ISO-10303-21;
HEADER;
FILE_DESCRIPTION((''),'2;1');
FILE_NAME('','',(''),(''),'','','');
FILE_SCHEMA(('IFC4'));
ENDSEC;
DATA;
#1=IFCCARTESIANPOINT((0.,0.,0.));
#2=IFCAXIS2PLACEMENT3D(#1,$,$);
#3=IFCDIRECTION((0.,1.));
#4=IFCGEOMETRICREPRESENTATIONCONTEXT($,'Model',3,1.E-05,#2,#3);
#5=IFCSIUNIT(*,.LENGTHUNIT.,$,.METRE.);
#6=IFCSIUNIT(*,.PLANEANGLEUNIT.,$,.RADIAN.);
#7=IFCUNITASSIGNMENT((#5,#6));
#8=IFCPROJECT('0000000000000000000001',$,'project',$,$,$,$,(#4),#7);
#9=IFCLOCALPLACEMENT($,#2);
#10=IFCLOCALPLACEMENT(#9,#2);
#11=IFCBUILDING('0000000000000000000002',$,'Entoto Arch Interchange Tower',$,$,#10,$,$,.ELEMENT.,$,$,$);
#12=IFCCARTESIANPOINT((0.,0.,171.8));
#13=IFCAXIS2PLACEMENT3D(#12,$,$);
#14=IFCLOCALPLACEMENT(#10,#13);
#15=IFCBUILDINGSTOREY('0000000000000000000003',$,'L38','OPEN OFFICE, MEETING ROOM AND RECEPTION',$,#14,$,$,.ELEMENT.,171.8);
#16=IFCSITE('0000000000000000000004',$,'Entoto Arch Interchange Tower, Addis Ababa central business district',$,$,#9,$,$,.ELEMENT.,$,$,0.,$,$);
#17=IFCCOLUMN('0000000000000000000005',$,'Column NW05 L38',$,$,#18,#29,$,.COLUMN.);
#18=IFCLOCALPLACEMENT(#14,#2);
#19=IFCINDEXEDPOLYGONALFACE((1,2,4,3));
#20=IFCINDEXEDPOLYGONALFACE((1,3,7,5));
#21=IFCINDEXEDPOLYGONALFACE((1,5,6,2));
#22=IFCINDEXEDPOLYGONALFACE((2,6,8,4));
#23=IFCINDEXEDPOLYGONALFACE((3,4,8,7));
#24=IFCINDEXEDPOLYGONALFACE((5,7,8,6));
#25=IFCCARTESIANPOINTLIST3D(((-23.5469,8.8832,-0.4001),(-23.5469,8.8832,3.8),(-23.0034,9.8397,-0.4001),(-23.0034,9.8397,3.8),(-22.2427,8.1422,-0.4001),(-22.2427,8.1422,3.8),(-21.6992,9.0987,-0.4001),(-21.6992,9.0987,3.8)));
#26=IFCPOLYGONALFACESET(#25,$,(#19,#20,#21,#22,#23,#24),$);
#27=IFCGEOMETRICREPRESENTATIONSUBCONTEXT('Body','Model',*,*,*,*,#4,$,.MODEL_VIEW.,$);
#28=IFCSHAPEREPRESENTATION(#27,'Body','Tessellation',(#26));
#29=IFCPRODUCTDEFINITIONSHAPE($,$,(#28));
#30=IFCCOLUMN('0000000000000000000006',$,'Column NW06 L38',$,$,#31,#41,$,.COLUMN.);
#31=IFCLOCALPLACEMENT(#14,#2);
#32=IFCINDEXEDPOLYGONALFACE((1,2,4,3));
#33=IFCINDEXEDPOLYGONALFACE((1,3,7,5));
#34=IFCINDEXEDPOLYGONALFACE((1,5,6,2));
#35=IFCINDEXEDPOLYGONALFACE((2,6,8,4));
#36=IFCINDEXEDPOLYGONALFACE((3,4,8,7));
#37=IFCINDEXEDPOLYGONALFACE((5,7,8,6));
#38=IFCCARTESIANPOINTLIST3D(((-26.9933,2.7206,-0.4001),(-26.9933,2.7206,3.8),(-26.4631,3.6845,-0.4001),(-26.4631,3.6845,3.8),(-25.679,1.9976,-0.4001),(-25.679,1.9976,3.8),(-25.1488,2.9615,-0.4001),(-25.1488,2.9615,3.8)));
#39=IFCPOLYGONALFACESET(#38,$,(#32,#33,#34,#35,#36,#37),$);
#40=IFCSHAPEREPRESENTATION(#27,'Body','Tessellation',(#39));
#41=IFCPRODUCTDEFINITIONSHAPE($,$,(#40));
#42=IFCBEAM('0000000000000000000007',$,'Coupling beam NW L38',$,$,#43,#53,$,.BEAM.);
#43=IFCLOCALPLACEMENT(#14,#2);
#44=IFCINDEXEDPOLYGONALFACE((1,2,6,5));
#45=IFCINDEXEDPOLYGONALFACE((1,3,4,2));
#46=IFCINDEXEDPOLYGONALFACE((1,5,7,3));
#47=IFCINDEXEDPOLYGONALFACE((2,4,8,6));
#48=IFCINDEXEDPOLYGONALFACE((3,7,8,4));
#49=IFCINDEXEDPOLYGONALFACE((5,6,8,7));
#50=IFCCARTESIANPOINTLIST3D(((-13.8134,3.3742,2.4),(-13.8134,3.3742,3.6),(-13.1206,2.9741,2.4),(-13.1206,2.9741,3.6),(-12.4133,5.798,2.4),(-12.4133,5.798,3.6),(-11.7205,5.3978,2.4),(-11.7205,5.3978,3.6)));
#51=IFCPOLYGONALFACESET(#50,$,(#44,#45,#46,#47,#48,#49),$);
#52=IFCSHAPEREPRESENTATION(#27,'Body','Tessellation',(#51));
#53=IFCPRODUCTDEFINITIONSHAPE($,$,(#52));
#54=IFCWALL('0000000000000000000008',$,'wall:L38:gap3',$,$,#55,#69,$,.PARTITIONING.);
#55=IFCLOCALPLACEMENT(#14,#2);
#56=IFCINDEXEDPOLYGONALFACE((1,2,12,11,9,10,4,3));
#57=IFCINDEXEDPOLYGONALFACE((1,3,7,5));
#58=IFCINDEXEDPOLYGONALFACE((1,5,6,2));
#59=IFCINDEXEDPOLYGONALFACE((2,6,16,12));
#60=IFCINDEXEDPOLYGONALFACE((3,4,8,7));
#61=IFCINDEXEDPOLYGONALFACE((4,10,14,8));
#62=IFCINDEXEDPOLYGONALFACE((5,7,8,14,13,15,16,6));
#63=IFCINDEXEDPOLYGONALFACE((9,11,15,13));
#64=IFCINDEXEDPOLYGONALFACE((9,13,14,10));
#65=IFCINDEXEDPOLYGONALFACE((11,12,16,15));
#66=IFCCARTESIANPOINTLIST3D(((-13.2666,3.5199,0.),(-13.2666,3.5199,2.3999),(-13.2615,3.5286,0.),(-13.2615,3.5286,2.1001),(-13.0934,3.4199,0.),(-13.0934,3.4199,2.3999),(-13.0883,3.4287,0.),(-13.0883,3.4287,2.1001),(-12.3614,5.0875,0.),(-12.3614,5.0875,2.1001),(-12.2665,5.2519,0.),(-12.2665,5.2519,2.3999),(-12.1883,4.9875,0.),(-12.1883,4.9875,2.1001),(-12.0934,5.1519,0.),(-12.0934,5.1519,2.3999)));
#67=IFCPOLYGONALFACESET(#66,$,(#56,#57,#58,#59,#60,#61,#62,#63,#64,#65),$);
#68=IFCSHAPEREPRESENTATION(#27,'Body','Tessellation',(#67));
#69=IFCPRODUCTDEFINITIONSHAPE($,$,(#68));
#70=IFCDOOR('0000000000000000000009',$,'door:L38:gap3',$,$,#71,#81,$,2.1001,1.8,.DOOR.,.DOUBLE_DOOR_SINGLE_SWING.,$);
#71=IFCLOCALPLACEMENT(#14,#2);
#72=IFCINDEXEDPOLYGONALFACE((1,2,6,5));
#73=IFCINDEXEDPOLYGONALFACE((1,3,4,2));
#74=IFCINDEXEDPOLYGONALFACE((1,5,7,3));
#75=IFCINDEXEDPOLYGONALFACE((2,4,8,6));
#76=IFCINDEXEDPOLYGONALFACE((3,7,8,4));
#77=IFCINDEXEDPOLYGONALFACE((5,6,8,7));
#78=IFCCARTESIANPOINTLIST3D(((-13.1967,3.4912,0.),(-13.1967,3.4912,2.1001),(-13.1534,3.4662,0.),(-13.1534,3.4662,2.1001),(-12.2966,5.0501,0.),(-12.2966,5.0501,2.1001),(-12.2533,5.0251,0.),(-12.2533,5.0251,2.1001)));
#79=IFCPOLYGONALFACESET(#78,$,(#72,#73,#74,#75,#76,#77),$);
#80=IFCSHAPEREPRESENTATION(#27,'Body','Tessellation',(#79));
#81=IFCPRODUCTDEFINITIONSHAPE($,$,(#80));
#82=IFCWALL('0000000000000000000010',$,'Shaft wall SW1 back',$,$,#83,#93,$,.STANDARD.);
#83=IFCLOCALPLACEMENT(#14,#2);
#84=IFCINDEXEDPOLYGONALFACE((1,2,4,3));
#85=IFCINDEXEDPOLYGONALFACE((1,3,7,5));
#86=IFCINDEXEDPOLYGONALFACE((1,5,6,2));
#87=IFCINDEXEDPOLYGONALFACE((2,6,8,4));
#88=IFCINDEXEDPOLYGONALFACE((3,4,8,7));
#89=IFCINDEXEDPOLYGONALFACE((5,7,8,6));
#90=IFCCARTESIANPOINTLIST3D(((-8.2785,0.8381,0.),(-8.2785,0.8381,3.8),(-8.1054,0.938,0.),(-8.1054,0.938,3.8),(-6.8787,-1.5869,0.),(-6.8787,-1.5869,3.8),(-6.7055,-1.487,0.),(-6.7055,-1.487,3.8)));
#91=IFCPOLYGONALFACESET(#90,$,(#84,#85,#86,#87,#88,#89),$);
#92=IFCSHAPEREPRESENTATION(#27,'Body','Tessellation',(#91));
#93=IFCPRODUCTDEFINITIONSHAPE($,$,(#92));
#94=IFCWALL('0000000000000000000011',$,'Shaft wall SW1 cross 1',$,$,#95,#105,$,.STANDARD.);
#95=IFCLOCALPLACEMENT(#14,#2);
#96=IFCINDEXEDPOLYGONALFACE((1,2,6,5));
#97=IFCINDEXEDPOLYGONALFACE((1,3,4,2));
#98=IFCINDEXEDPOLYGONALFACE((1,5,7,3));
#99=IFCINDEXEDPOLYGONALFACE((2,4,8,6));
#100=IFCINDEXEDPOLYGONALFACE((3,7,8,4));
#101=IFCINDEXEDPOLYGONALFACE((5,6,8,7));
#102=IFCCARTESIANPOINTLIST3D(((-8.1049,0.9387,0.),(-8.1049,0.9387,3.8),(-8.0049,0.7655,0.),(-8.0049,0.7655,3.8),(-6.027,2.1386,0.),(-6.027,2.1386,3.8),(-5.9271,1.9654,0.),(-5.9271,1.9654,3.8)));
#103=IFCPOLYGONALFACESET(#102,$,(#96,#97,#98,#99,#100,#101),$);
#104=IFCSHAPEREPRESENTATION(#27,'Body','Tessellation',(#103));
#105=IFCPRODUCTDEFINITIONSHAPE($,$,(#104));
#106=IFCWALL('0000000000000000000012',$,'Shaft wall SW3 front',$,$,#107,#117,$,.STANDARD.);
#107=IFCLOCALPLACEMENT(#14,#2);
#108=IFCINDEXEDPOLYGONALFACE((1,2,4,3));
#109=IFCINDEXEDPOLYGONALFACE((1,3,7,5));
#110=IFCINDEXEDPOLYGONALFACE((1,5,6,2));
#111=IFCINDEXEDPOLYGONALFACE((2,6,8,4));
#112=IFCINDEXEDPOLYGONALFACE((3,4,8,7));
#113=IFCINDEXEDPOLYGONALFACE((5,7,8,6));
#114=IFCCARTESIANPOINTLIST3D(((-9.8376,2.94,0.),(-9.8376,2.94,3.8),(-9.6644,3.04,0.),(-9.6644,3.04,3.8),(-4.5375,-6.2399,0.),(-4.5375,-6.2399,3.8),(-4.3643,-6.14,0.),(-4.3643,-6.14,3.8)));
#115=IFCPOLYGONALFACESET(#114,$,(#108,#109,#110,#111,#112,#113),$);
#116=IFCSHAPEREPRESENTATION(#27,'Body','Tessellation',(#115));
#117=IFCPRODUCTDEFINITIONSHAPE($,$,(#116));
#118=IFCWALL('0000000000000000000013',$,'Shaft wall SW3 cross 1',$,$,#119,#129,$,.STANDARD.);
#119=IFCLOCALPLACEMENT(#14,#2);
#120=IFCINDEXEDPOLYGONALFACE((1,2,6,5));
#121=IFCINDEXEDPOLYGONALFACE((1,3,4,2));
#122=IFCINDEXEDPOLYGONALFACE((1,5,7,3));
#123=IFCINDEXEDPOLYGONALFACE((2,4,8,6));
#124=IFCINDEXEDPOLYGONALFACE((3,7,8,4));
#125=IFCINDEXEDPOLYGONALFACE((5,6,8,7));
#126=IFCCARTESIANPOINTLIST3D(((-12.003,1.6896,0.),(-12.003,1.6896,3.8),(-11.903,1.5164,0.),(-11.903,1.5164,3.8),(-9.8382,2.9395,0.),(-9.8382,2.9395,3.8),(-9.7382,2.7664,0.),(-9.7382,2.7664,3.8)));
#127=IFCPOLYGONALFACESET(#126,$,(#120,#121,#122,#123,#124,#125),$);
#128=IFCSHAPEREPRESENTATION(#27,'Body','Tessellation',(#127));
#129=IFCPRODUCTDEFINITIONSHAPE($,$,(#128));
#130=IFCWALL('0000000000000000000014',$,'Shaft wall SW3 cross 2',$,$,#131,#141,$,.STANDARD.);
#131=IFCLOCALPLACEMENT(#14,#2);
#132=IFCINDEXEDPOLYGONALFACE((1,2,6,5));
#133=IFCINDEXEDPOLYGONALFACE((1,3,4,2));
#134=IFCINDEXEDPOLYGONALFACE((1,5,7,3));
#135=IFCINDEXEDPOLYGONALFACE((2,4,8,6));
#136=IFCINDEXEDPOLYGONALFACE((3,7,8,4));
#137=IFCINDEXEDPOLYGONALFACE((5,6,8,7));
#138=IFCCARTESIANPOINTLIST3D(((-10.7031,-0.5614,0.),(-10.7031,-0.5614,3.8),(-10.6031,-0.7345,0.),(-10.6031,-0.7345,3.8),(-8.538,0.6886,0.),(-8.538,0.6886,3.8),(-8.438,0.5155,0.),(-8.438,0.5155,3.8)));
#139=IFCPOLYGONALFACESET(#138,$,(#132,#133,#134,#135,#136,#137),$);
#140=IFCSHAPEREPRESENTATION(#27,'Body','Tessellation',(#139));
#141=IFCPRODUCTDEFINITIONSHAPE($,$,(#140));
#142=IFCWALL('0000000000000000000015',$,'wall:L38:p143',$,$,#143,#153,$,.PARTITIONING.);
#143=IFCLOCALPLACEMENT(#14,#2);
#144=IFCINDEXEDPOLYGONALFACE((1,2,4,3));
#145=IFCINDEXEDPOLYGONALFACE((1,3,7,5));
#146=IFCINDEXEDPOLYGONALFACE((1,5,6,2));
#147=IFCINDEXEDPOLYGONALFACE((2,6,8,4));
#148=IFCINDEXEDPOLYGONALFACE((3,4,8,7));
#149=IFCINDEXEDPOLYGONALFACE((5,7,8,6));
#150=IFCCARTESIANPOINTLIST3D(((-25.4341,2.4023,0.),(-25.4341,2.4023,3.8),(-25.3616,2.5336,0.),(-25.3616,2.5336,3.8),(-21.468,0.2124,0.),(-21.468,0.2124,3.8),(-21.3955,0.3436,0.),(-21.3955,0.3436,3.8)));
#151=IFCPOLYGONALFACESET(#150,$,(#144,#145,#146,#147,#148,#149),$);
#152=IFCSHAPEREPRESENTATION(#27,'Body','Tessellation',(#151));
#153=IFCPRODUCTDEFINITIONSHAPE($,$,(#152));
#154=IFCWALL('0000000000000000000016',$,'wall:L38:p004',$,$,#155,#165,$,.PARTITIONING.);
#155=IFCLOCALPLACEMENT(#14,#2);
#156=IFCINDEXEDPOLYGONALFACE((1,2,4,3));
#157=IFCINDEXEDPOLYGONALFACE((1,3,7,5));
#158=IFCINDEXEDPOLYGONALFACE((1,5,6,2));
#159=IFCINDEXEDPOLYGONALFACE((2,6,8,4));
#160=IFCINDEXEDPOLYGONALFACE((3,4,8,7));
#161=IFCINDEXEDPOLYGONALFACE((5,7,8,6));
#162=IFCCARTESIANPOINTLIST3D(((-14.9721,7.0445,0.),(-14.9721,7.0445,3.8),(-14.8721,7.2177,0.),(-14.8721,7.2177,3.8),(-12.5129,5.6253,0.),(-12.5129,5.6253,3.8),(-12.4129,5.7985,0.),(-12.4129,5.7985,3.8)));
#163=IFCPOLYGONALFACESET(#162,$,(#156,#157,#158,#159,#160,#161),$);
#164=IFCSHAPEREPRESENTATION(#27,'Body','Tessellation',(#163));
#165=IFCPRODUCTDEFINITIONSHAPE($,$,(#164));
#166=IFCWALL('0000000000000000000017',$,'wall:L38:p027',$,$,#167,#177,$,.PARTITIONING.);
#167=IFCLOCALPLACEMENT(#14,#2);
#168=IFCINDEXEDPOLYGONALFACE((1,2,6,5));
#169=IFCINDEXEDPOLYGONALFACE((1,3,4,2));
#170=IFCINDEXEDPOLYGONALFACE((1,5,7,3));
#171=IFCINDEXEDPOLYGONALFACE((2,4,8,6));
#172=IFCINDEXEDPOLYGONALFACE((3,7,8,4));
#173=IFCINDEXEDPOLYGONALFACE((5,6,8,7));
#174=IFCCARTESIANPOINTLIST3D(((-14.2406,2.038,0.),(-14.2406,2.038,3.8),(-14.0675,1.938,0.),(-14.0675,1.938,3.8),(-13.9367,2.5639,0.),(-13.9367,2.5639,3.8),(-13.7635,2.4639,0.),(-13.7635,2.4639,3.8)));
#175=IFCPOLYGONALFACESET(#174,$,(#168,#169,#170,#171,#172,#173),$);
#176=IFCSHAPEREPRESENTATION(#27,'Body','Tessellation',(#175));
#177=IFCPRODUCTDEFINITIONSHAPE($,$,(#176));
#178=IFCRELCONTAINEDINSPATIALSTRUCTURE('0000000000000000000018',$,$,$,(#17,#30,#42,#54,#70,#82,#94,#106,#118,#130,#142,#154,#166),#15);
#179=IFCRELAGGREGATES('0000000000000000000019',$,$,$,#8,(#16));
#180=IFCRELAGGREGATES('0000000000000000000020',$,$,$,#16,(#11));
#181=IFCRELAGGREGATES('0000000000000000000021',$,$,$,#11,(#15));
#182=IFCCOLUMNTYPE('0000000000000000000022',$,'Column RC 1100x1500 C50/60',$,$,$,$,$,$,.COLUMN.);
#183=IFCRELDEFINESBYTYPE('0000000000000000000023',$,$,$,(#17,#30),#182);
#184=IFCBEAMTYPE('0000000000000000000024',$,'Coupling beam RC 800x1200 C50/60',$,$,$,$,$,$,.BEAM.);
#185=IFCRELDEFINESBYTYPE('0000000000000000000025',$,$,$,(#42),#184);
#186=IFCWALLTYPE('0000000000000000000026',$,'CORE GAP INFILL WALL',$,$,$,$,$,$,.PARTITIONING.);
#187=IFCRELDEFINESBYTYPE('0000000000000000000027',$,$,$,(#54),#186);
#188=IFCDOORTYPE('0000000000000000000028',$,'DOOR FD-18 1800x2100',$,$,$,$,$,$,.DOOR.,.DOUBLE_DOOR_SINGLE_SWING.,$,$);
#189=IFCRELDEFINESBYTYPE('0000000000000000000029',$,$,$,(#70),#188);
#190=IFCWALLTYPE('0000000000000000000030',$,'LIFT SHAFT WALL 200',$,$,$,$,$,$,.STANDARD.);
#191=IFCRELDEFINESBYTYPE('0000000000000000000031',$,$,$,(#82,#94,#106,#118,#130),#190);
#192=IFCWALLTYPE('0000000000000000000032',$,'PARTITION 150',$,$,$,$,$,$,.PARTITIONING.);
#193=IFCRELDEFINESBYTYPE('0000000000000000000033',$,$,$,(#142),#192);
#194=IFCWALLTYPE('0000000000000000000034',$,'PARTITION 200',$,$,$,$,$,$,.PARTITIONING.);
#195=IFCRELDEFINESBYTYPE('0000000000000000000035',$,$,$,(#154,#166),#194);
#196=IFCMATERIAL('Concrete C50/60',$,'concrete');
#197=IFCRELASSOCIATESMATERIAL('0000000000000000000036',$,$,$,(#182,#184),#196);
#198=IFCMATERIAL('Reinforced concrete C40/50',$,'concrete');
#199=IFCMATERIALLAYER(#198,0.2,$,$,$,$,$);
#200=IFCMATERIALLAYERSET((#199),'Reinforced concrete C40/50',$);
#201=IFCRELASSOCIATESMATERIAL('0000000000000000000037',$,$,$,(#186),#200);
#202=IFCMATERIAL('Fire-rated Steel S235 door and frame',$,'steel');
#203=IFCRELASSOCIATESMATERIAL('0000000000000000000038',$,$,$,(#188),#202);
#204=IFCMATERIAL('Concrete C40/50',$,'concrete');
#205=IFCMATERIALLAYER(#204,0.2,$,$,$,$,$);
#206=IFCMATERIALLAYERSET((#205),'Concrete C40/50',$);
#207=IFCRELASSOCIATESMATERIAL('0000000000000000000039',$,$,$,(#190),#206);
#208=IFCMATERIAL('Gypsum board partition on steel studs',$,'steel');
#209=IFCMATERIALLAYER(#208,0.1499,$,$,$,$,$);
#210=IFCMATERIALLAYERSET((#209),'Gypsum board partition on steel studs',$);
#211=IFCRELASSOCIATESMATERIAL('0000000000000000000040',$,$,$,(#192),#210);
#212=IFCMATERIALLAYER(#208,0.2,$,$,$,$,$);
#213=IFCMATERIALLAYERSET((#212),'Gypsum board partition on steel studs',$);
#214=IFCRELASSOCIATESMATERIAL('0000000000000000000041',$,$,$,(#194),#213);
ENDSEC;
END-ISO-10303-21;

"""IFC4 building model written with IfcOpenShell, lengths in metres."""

from ifc_helpers import new_model, si_unit, direction, frame, frame_2d, origin, origin_2d, place, context, subcontext, project, spatial, rectangle, extrude, material, layer, layer_set, material_profile, profile_set, type_object, element, fill, save


model = new_model("IFC4")

# Units and contexts
model_context = context("Model", 3, precision=1e-05, world=origin(), true_north=direction((0.0, 1.0)))
body_context = subcontext(model_context, "Body", "Model", "MODEL_VIEW")
ifc_project = project(units=[si_unit("LENGTHUNIT", "METRE"), si_unit("PLANEANGLEUNIT", "RADIAN")], contexts=[model_context])

# Site, building, storey
site_placement = place(None, origin())
site = spatial("IfcSite", under=ifc_project, at=site_placement, Name="Entoto Arch Interchange Tower, Addis Ababa central business district", CompositionType="ELEMENT", RefElevation=0.0)
building_placement = place(site_placement, origin())
building = spatial("IfcBuilding", under=site, at=building_placement, Name="Entoto Arch Interchange Tower", CompositionType="ELEMENT")
storey_placement = place(building_placement, frame((0.0, 0.0, 171.8)))
storey = spatial("IfcBuildingStorey", under=building, at=storey_placement, Name="L38", Description="OPEN OFFICE, MEETING ROOM AND RECEPTION", CompositionType="ELEMENT", Elevation=171.8)

# Columns
ifc_material_1 = material(Name="Concrete C50/60", Category="concrete")
ifc_material_profile_1 = material_profile(ifc_material_1, rectangle(XDim=1.1001, YDim=1.5, at=origin_2d()))
ifc_profile_set_1 = profile_set([ifc_material_profile_1], Name="Concrete C50/60")
column_type = type_object("IfcColumnType", Name="Column RC 1100x1500 C50/60", PredefinedType="COLUMN", material=ifc_profile_set_1)
for number, where, z_axis, x_axis, name in (
    (1, (-22.623, 8.991, -0.4001), (0.0, 0.0, 1.0), (0.494018, 0.869452, 0.0), "Column NW05 L38"),
    (2, (-26.071, 2.8411, -0.4001), (0.0, 0.0, 1.0), (0.481983, 0.876181, 0.0), "Column NW06 L38"),
):
    element("IfcColumn", number, at=place(storey_placement, frame(where, z_axis=z_axis, x_axis=x_axis)), inside=storey, type_object=column_type, Name=name, PredefinedType="COLUMN", context=body_context, shape_type="SweptSolid", body=[
        extrude(rectangle(XDim=1.1001, YDim=1.5, at=origin_2d()), origin(), (0.0, 0.0, 1.0), 4.2002),
    ])

# Beam
ifc_material_profile_2 = material_profile(ifc_material_1, rectangle(XDim=0.8, YDim=1.2, at=origin_2d()))
ifc_profile_set_2 = profile_set([ifc_material_profile_2], Name="Concrete C50/60")
beam_type = type_object("IfcBeamType", Name="Coupling beam RC 800x1200 C50/60", PredefinedType="BEAM", material=ifc_profile_set_2)
beam_placement = place(storey_placement, frame((-12.0669, 5.5979, 3.0), z_axis=(-0.500201, -0.86591, 0.0), x_axis=(0.86591, -0.500201, 0.0)))
element("IfcBeam", 3, at=beam_placement, inside=storey, type_object=beam_type, Name="Coupling beam NW L38", PredefinedType="BEAM", context=body_context, shape_type="SweptSolid", body=[
    extrude(rectangle(XDim=0.8, YDim=1.2, at=origin_2d()), origin(), (0.0, 0.0, 1.0), 2.7991),
])

# Wall, opening, door
ifc_material_2 = material(Name="Reinforced concrete C40/50", Category="concrete")
ifc_layer_1 = layer(ifc_material_2, 0.2)
ifc_layer_set_1 = layer_set([ifc_layer_1], Name="Reinforced concrete C40/50")
wall_type_1 = type_object("IfcWallType", Name="CORE GAP INFILL WALL", PredefinedType="PARTITIONING", material=ifc_layer_set_1)
wall_1_placement = place(storey_placement, frame((-12.1799, 5.2019, 0.0), z_axis=(0.0, 0.0, 1.0), x_axis=(-0.500025, -0.866011, 0.0)))
wall_1 = element("IfcWall", 4, at=wall_1_placement, inside=storey, type_object=wall_type_1, Name="wall:L38:gap3", PredefinedType="PARTITIONING", context=body_context, shape_type="SweptSolid", body=[
    extrude(rectangle(XDim=2.0, YDim=0.2, at=frame_2d((1.0, 0.0))), origin(), (0.0, 0.0, 1.0), 2.3999),
])
opening_1_placement = place(wall_1_placement, frame((0.1899, 0.0, 0.0)))
opening_1 = element("IfcOpeningElement", 5, at=opening_1_placement, cuts=wall_1, PredefinedType="OPENING", context=body_context, shape_type="SweptSolid", body=[
    extrude(rectangle(XDim=1.8, YDim=2.1001, at=frame_2d((0.8999, 1.05))), frame((0.0, 0.1099, 0.0), z_axis=(0.0, -1.0, 0.0), x_axis=(1.0, 0.0, 0.0)), (0.0, 0.0, 1.0), 0.22),
])
ifc_material_3 = material(Name="Fire-rated Steel S235 door and frame", Category="steel")
door_type_1 = type_object("IfcDoorType", Name="DOOR FD-18 1800x2100", OperationType="DOUBLE_DOOR_SINGLE_SWING", PredefinedType="DOOR", material=ifc_material_3)
door_1_placement = place(opening_1_placement, origin())
door_1 = element("IfcDoor", 6, at=door_1_placement, inside=storey, type_object=door_type_1, Name="door:L38:gap3", OperationType="DOUBLE_DOOR_SINGLE_SWING", OverallHeight=2.1001, OverallWidth=1.8, PredefinedType="DOOR", context=body_context, shape_type="SweptSolid", body=[
    extrude(rectangle(XDim=1.8, YDim=2.1001, at=frame_2d((0.8999, 1.05))), frame((0.0, 0.0249, 0.0), z_axis=(0.0, -1.0, 0.0), x_axis=(1.0, 0.0, 0.0)), (0.0, 0.0, 1.0), 0.05),
])
fill(opening_1, door_1)

# Walls
ifc_material_4 = material(Name="Concrete C40/50", Category="concrete")
ifc_layer_2 = layer(ifc_material_4, 0.2)
ifc_layer_set_2 = layer_set([ifc_layer_2], Name="Concrete C40/50")
wall_type_2 = type_object("IfcWallType", Name="LIFT SHAFT WALL 200", PredefinedType="STANDARD", material=ifc_layer_set_2)
wall_2_placement = place(storey_placement, frame((-8.1919, 0.8879, 0.0), z_axis=(0.0, 0.0, 1.0), x_axis=(0.499946, -0.866056, 0.0)))
element("IfcWall", 7, at=wall_2_placement, inside=storey, type_object=wall_type_2, Name="Shaft wall SW1 back", PredefinedType="STANDARD", context=body_context, shape_type="SweptSolid", body=[
    extrude(rectangle(XDim=2.8, YDim=0.2, at=frame_2d((1.3999, 0.0))), origin(), (0.0, 0.0, 1.0), 3.8),
])
wall_3_placement = place(storey_placement, frame((-5.9771, 2.052, 0.0), z_axis=(0.0, 0.0, 1.0), x_axis=(-0.865974, -0.500089, 0.0)))
element("IfcWall", 8, at=wall_3_placement, inside=storey, type_object=wall_type_2, Name="Shaft wall SW1 cross 1", PredefinedType="STANDARD", context=body_context, shape_type="SweptSolid", body=[
    extrude(rectangle(XDim=2.3994, YDim=0.2, at=frame_2d((1.1997, 0.0))), origin(), (0.0, 0.0, 1.0), 3.8),
])
wall_4_placement = place(storey_placement, frame((-9.751, 2.99, 0.0), z_axis=(0.0, 0.0, 1.0), x_axis=(0.500001, -0.866025, 0.0)))
element("IfcWall", 9, at=wall_4_placement, inside=storey, type_object=wall_type_2, Name="Shaft wall SW3 front", PredefinedType="STANDARD", context=body_context, shape_type="SweptSolid", body=[
    extrude(rectangle(XDim=10.6001, YDim=0.2, at=frame_2d((5.3, 0.0))), origin(), (0.0, 0.0, 1.0), 3.8),
])
wall_5_placement = place(storey_placement, frame((-9.7881, 2.853, 0.0), z_axis=(0.0, 0.0, 1.0), x_axis=(-0.865999, -0.500047, 0.0)))
element("IfcWall", 10, at=wall_5_placement, inside=storey, type_object=wall_type_2, Name="Shaft wall SW3 cross 1", PredefinedType="STANDARD", context=body_context, shape_type="SweptSolid", body=[
    extrude(rectangle(XDim=2.4998, YDim=0.2, at=frame_2d((1.25, 0.0))), origin(), (0.0, 0.0, 1.0), 3.8),
])
wall_6_placement = place(storey_placement, frame((-8.488, 0.6021, 0.0), z_axis=(0.0, 0.0, 1.0), x_axis=(-0.866023, -0.500004, 0.0)))
element("IfcWall", 11, at=wall_6_placement, inside=storey, type_object=wall_type_2, Name="Shaft wall SW3 cross 2", PredefinedType="STANDARD", context=body_context, shape_type="SweptSolid", body=[
    extrude(rectangle(XDim=2.5, YDim=0.2, at=frame_2d((1.25, 0.0))), origin(), (0.0, 0.0, 1.0), 3.8),
])
ifc_material_5 = material(Name="Gypsum board partition on steel studs", Category="steel")
ifc_layer_3 = layer(ifc_material_5, 0.1499)
ifc_layer_set_3 = layer_set([ifc_layer_3], Name="Gypsum board partition on steel studs")
wall_type_3 = type_object("IfcWallType", Name="PARTITION 150", PredefinedType="PARTITIONING", material=ifc_layer_set_3)
wall_7_placement = place(storey_placement, frame((-21.4319, 0.2781, 0.0), z_axis=(0.0, 0.0, 1.0), x_axis=(-0.875413, 0.483376, 0.0)))
element("IfcWall", 12, at=wall_7_placement, inside=storey, type_object=wall_type_3, Name="wall:L38:p143", PredefinedType="PARTITIONING", context=body_context, shape_type="SweptSolid", body=[
    extrude(rectangle(XDim=4.5305, YDim=0.1499, at=frame_2d((2.2651, 0.0))), origin(), (0.0, 0.0, 1.0), 3.8),
])
ifc_layer_4 = layer(ifc_material_5, 0.2)
ifc_layer_set_4 = layer_set([ifc_layer_4], Name="Gypsum board partition on steel studs")
wall_type_4 = type_object("IfcWallType", Name="PARTITION 200", PredefinedType="PARTITIONING", material=ifc_layer_set_4)
wall_8_placement = place(storey_placement, frame((-14.9221, 7.1311, 0.0), z_axis=(0.0, 0.0, 1.0), x_axis=(0.866124, -0.499829, 0.0)))
element("IfcWall", 13, at=wall_8_placement, inside=storey, type_object=wall_type_4, Name="wall:L38:p004", PredefinedType="PARTITIONING", context=body_context, shape_type="SweptSolid", body=[
    extrude(rectangle(XDim=2.8394, YDim=0.2, at=frame_2d((1.4197, 0.0))), origin(), (0.0, 0.0, 1.0), 3.8),
])
wall_9_placement = place(storey_placement, frame((-13.8501, 2.5139, 0.0), z_axis=(0.0, 0.0, 1.0), x_axis=(-0.500418, -0.865784, 0.0)))
element("IfcWall", 14, at=wall_9_placement, inside=storey, type_object=wall_type_4, Name="wall:L38:p027", PredefinedType="PARTITIONING", context=body_context, shape_type="SweptSolid", body=[
    extrude(rectangle(XDim=0.6074, YDim=0.2, at=frame_2d((0.3037, 0.0))), origin(), (0.0, 0.0, 1.0), 3.8),
])

save(model, "model.ifc")
